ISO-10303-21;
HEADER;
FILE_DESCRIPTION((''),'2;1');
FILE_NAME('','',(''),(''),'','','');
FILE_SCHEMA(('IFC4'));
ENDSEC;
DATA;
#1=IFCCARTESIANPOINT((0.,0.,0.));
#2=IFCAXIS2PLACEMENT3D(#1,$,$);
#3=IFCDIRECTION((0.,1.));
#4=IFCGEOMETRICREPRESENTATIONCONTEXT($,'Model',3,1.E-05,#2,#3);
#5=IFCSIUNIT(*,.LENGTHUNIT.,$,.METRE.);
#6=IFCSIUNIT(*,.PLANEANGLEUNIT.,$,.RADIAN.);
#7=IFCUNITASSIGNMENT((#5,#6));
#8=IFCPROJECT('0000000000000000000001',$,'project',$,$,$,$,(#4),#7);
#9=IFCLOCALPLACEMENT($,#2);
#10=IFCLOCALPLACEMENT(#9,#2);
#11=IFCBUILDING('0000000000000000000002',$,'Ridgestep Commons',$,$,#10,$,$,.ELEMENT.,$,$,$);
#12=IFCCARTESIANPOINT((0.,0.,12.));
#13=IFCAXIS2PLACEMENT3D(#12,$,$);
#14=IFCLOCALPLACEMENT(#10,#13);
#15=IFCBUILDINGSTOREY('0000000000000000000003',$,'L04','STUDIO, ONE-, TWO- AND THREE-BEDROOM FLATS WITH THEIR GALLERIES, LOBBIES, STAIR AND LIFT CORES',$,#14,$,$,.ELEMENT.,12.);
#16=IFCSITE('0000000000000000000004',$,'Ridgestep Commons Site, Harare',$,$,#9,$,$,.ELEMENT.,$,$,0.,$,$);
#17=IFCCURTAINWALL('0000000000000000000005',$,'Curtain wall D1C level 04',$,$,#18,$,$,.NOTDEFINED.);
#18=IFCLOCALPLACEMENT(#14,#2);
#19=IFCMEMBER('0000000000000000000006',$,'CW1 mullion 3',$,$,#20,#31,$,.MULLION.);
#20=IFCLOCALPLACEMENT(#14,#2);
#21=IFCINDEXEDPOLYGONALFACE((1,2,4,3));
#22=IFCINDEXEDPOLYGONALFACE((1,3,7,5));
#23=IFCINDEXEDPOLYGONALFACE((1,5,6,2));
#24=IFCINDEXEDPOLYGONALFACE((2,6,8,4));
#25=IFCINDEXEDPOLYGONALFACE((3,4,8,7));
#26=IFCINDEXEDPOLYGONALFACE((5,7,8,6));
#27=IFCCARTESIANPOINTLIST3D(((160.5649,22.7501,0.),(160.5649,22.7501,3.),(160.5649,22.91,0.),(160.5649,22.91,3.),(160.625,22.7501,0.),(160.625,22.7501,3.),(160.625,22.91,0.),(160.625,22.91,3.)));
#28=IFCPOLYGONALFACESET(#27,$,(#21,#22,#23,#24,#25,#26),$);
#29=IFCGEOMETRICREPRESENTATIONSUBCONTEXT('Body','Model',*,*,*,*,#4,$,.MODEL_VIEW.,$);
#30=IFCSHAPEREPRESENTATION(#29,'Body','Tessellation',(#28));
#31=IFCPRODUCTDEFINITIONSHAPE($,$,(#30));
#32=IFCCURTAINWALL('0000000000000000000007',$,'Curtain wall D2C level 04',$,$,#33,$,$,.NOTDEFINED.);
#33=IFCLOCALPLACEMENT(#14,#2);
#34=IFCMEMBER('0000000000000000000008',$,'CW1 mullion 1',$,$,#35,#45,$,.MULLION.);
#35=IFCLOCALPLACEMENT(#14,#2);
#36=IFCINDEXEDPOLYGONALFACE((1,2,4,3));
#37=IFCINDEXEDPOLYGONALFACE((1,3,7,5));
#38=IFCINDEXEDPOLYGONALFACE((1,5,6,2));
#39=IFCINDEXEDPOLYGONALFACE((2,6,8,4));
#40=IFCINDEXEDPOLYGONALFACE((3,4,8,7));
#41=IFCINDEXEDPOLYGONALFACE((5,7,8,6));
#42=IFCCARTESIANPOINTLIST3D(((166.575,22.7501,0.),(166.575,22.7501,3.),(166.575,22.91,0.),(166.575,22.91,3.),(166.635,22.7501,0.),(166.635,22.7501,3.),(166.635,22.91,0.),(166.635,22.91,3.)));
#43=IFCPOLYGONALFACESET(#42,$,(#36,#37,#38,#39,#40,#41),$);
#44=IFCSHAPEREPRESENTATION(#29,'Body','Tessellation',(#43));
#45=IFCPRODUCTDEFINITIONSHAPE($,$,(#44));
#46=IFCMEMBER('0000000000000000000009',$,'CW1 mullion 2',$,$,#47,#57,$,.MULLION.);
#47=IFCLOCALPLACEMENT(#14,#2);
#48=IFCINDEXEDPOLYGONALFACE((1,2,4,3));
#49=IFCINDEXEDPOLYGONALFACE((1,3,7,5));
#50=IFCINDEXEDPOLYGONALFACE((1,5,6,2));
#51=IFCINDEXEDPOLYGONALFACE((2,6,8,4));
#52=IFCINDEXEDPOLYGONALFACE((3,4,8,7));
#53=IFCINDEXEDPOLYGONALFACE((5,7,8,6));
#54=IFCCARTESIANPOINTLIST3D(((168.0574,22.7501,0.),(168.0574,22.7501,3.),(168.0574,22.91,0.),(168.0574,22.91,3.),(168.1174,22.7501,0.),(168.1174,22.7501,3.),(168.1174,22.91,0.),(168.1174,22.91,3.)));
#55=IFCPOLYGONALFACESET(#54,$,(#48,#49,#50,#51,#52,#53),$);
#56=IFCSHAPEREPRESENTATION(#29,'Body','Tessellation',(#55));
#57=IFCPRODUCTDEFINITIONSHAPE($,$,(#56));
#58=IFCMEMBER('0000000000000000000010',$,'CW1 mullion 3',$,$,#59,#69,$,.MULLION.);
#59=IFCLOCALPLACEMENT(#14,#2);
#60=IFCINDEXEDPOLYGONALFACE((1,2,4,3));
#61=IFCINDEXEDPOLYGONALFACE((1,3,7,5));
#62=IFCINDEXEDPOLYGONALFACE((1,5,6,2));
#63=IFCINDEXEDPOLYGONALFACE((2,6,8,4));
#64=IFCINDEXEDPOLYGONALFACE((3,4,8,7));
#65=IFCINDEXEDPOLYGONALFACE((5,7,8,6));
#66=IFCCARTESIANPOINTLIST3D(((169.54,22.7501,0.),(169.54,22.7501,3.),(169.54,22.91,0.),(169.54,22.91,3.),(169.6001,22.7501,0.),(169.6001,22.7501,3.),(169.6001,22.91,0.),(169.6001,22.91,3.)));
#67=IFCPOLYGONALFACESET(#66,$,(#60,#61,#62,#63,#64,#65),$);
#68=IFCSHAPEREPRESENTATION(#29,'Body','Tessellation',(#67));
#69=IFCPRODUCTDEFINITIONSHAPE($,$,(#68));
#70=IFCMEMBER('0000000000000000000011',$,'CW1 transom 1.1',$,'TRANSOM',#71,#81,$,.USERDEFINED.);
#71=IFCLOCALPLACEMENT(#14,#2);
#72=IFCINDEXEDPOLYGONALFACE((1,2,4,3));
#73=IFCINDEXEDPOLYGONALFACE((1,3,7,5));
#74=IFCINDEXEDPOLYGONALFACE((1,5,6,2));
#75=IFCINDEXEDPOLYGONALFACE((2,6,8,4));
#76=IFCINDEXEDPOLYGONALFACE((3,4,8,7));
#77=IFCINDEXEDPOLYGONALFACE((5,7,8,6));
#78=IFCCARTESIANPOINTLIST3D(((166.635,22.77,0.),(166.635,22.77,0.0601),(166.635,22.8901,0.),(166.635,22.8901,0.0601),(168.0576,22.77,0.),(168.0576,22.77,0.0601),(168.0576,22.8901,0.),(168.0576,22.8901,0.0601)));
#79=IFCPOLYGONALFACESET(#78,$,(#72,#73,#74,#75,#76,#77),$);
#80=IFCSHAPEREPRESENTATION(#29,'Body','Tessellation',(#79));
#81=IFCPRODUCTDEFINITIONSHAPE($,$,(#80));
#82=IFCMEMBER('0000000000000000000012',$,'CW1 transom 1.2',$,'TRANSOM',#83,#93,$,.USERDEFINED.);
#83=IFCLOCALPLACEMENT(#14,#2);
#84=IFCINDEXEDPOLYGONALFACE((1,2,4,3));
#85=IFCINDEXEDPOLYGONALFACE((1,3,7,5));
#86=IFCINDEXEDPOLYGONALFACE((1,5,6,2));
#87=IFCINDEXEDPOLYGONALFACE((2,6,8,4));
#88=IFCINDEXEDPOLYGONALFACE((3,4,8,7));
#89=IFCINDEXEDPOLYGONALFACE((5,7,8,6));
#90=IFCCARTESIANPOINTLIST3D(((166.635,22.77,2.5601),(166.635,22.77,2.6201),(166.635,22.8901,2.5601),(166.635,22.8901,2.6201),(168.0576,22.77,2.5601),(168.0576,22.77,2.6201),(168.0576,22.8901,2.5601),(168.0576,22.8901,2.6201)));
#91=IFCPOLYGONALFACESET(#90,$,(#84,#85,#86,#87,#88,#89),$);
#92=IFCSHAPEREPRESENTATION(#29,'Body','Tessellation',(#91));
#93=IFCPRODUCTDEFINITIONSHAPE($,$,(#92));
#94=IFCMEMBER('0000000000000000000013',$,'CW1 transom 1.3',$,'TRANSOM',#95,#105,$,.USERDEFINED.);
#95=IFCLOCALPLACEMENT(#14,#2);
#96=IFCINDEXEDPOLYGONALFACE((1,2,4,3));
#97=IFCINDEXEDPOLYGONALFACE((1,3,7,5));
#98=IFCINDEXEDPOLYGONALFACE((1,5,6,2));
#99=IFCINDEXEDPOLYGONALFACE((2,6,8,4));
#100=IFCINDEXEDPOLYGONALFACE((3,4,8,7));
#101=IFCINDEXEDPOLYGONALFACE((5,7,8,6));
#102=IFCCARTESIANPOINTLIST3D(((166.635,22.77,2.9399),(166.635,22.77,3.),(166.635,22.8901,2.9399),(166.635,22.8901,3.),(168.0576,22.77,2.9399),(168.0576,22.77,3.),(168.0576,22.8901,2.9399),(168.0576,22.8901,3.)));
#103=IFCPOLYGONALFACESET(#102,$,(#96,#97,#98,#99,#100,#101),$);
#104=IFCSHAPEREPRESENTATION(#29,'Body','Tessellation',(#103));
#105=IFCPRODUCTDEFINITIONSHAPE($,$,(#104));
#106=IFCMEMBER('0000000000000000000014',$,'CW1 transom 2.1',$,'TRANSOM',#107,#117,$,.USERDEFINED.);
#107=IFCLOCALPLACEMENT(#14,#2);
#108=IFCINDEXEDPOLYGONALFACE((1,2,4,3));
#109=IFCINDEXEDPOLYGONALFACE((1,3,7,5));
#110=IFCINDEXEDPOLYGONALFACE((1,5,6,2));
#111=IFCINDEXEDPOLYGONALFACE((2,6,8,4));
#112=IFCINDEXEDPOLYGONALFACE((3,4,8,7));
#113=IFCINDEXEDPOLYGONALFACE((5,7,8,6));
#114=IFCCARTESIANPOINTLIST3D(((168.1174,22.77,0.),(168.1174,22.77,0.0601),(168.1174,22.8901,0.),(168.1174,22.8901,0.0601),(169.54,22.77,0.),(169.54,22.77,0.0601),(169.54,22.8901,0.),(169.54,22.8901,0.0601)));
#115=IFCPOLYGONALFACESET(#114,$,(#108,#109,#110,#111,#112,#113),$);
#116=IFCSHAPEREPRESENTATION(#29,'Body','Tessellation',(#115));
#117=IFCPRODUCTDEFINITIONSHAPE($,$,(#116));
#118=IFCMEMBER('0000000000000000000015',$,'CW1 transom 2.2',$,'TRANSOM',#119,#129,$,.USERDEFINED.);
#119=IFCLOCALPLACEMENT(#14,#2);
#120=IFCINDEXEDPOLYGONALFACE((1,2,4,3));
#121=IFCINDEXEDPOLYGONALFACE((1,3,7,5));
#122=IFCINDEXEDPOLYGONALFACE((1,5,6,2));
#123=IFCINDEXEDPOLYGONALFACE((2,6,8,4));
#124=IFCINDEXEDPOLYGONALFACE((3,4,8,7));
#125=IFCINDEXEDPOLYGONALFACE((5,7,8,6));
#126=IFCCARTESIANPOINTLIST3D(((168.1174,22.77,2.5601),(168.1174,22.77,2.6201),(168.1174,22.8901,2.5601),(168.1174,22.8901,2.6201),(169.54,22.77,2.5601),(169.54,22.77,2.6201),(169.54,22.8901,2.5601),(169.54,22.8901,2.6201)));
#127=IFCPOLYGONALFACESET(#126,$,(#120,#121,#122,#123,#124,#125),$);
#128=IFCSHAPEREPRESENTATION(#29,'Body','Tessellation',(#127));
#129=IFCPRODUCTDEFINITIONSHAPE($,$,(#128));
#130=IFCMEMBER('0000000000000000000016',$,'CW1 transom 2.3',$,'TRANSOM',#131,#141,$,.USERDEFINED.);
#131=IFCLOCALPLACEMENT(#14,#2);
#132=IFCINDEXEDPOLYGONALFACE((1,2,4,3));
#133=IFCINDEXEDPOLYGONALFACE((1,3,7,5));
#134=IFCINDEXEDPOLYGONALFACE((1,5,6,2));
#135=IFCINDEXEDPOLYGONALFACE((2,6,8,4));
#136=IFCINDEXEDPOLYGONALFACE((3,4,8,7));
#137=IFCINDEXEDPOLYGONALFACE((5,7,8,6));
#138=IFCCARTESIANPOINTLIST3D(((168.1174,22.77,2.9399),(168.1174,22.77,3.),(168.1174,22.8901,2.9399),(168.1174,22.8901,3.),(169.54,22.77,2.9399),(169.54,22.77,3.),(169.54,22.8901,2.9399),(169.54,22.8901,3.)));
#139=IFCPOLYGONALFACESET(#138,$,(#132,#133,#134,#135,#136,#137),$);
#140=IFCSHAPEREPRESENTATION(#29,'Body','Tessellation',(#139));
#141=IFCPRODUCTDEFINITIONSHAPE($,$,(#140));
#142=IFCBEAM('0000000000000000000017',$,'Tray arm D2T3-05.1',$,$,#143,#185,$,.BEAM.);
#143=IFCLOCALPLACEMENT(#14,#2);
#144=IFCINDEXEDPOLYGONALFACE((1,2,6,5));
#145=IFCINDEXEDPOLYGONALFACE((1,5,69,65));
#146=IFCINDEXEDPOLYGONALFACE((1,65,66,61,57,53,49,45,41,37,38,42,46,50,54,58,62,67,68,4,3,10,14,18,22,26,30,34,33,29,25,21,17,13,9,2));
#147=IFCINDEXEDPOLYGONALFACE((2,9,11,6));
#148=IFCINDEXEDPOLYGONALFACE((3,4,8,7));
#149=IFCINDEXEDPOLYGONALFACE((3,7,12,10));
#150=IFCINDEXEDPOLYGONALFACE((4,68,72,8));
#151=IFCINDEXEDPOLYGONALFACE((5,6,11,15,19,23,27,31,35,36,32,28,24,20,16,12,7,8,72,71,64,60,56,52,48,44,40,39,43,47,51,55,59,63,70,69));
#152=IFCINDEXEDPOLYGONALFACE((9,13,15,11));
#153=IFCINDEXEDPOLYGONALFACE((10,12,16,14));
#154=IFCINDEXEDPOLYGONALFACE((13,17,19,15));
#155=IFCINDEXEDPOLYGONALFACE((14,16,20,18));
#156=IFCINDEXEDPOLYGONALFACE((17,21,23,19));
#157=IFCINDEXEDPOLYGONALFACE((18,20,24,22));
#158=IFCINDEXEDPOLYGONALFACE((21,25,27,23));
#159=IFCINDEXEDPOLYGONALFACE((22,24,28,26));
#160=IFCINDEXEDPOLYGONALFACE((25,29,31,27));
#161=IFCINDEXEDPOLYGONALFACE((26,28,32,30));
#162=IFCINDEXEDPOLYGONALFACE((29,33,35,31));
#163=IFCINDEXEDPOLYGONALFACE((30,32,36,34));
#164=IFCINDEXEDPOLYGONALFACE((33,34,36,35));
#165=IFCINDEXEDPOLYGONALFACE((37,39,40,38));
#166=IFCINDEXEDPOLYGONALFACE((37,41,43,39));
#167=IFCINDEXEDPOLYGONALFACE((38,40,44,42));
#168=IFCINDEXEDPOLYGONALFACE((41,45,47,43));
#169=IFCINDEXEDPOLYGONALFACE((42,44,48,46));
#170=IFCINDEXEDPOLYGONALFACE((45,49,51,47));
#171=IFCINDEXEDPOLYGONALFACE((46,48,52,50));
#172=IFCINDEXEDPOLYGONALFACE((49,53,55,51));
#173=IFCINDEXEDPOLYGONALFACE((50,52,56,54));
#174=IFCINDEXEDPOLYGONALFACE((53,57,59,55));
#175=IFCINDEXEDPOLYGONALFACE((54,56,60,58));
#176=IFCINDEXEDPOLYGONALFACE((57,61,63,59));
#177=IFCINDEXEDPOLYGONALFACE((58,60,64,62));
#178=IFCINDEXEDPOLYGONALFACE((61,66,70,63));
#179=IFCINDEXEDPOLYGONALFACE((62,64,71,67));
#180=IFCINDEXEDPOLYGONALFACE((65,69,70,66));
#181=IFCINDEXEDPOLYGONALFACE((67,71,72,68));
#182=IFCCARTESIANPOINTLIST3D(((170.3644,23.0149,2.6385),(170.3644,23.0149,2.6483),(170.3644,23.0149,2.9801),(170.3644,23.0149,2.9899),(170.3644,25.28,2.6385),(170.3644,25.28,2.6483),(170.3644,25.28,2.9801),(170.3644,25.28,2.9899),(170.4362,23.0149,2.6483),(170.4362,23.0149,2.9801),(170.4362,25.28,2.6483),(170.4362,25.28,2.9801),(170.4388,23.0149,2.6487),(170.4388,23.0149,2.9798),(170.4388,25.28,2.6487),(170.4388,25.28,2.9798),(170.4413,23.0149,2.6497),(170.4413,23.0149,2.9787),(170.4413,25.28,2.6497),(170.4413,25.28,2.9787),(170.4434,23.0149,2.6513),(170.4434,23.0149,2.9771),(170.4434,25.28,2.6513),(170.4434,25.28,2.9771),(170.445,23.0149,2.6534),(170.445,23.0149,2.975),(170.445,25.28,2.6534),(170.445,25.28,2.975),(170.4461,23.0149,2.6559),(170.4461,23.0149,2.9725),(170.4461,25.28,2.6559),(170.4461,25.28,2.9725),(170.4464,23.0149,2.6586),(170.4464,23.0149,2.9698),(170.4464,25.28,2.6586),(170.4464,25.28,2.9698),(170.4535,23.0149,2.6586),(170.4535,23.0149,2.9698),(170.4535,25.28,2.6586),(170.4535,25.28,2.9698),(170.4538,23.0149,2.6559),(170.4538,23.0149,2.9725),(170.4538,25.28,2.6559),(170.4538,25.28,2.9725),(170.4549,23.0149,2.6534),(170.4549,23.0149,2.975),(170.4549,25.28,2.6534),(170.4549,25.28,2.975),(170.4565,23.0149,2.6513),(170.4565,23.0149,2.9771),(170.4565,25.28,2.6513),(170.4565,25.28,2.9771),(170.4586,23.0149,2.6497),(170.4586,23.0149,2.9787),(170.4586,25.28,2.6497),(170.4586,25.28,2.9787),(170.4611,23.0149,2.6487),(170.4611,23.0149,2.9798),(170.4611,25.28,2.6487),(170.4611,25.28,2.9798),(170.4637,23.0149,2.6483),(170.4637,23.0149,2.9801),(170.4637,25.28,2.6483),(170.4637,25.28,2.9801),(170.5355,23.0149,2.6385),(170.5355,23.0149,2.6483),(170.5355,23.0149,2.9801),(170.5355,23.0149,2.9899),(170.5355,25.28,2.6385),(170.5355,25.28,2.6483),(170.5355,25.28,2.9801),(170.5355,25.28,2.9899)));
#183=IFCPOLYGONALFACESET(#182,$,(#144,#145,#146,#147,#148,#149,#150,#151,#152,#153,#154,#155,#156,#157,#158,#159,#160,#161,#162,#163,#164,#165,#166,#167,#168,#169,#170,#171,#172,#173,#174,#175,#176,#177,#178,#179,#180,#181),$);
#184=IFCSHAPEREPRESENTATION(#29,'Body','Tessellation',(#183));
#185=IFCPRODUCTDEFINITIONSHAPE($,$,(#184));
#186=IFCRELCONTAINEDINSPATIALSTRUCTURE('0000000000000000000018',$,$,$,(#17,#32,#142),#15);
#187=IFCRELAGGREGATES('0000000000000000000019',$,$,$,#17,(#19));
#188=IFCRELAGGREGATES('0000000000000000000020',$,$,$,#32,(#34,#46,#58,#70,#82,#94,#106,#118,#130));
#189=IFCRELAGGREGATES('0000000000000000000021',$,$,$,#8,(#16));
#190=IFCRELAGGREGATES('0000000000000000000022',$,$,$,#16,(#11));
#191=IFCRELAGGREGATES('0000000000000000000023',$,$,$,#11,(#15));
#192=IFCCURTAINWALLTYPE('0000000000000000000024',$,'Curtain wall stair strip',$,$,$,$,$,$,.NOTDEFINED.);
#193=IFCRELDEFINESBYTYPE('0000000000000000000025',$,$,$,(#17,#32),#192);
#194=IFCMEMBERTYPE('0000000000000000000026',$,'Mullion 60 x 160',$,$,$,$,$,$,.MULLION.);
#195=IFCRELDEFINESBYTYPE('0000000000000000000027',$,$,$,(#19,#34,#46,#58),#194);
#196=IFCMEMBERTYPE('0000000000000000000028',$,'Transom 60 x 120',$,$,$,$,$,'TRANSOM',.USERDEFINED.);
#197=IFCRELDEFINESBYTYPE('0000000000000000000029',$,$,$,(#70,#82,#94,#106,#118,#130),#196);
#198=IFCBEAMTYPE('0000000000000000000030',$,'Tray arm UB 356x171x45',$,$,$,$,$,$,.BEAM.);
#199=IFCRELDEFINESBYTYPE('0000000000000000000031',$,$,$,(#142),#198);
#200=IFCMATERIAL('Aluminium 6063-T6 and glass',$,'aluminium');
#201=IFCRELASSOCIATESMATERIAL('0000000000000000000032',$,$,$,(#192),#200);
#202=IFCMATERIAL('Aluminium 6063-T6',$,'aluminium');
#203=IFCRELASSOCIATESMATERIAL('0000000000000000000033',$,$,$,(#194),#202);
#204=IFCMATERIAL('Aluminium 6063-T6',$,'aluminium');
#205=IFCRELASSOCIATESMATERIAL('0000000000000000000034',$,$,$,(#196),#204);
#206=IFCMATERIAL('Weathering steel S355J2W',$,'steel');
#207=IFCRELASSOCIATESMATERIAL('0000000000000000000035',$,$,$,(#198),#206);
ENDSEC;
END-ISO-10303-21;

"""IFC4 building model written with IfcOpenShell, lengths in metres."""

from ifc_helpers import new_model, si_unit, direction, frame, origin, origin_2d, place, context, subcontext, project, spatial, rectangle, i_section, extrude, material, material_profile, profile_set, type_object, element, aggregate, save


model = new_model("IFC4")

# Units and contexts
model_context = context("Model", 3, precision=1e-05, world=origin(), true_north=direction((0.0, 1.0)))
body_context = subcontext(model_context, "Body", "Model", "MODEL_VIEW")
ifc_project = project(units=[si_unit("LENGTHUNIT", "METRE"), si_unit("PLANEANGLEUNIT", "RADIAN")], contexts=[model_context])

# Site, building, storey
site_placement = place(None, origin())
site = spatial("IfcSite", under=ifc_project, at=site_placement, Name="Ridgestep Commons Site, Harare", CompositionType="ELEMENT", RefElevation=0.0)
building_placement = place(site_placement, origin())
building = spatial("IfcBuilding", under=site, at=building_placement, Name="Ridgestep Commons", CompositionType="ELEMENT")
storey_placement = place(building_placement, frame((0.0, 0.0, 12.0)))
storey = spatial("IfcBuildingStorey", under=building, at=storey_placement, Name="L04", Description="STUDIO, ONE-, TWO- AND THREE-BEDROOM FLATS WITH THEIR GALLERIES, LOBBIES, STAIR AND LIFT CORES", CompositionType="ELEMENT", Elevation=12.0)

# Curtain wall, member
ifc_material_1 = material(Name="Aluminium 6063-T6 and glass", Category="aluminium")
curtain_wall_type = type_object("IfcCurtainWallType", Name="Curtain wall stair strip", PredefinedType="NOTDEFINED", material=ifc_material_1)
curtain_wall_1_placement = place(storey_placement, origin())
curtain_wall_1 = element("IfcCurtainWall", 1, at=curtain_wall_1_placement, inside=storey, type_object=curtain_wall_type, Name="Curtain wall D1C level 04", PredefinedType="NOTDEFINED")
ifc_material_2 = material(Name="Aluminium 6063-T6", Category="aluminium")
ifc_material_profile_1 = material_profile(ifc_material_2, rectangle(XDim=0.1599, YDim=0.0601, at=origin_2d()), Name="Mullion 60 x 160")
ifc_profile_set_1 = profile_set([ifc_material_profile_1], Name="Aluminium 6063-T6")
member_type_1 = type_object("IfcMemberType", Name="Mullion 60 x 160", PredefinedType="MULLION", material=ifc_profile_set_1)
member_1_placement = place(storey_placement, frame((160.595, 22.8301, 0.0), z_axis=(0.0, 0.0, 1.0), x_axis=(0.0, 1.0, 0.0)))
member_1 = element("IfcMember", 2, at=member_1_placement, type_object=member_type_1, Name="CW1 mullion 3", PredefinedType="MULLION", context=body_context, shape_type="SweptSolid", body=[
    extrude(rectangle(XDim=0.1599, YDim=0.0601, at=origin_2d()), origin(), (0.0, 0.0, 1.0), 3.0),
])

# Curtain wall, members
curtain_wall_2_placement = place(storey_placement, origin())
curtain_wall_2 = element("IfcCurtainWall", 3, at=curtain_wall_2_placement, inside=storey, type_object=curtain_wall_type, Name="Curtain wall D2C level 04", PredefinedType="NOTDEFINED")
member_2_placement = place(storey_placement, frame((166.605, 22.8301, 0.0), z_axis=(0.0, 0.0, 1.0), x_axis=(0.0, 1.0, 0.0)))
member_2 = element("IfcMember", 4, at=member_2_placement, type_object=member_type_1, Name="CW1 mullion 1", PredefinedType="MULLION", context=body_context, shape_type="SweptSolid", body=[
    extrude(rectangle(XDim=0.1599, YDim=0.0601, at=origin_2d()), origin(), (0.0, 0.0, 1.0), 3.0),
])
member_3_placement = place(storey_placement, frame((168.0874, 22.8301, 0.0), z_axis=(0.0, 0.0, 1.0), x_axis=(0.0, 1.0, 0.0)))
member_3 = element("IfcMember", 5, at=member_3_placement, type_object=member_type_1, Name="CW1 mullion 2", PredefinedType="MULLION", context=body_context, shape_type="SweptSolid", body=[
    extrude(rectangle(XDim=0.1599, YDim=0.0601, at=origin_2d()), origin(), (0.0, 0.0, 1.0), 3.0),
])
member_4_placement = place(storey_placement, frame((169.5701, 22.8301, 0.0), z_axis=(0.0, 0.0, 1.0), x_axis=(0.0, 1.0, 0.0)))
member_4 = element("IfcMember", 6, at=member_4_placement, type_object=member_type_1, Name="CW1 mullion 3", PredefinedType="MULLION", context=body_context, shape_type="SweptSolid", body=[
    extrude(rectangle(XDim=0.1599, YDim=0.0601, at=origin_2d()), origin(), (0.0, 0.0, 1.0), 3.0),
])
ifc_material_3 = material(Name="Aluminium 6063-T6", Category="aluminium")
ifc_material_profile_2 = material_profile(ifc_material_3, rectangle(XDim=0.1201, YDim=0.0601, at=origin_2d()), Name="Transom 60 x 120")
ifc_profile_set_2 = profile_set([ifc_material_profile_2], Name="Aluminium 6063-T6")
member_type_2 = type_object("IfcMemberType", Name="Transom 60 x 120", ElementType="TRANSOM", PredefinedType="USERDEFINED", material=ifc_profile_set_2)
member_5_placement = place(storey_placement, frame((166.635, 22.8301, 0.03), z_axis=(1.0, 0.0, 0.0), x_axis=(0.0, 1.0, 0.0)))
member_5 = element("IfcMember", 7, at=member_5_placement, type_object=member_type_2, Name="CW1 transom 1.1", ObjectType="TRANSOM", PredefinedType="USERDEFINED", context=body_context, shape_type="SweptSolid", body=[
    extrude(rectangle(XDim=0.1201, YDim=0.0601, at=origin_2d()), origin(), (0.0, 0.0, 1.0), 1.4226),
])
member_6_placement = place(storey_placement, frame((166.635, 22.8301, 2.5901), z_axis=(1.0, 0.0, 0.0), x_axis=(0.0, 1.0, 0.0)))
member_6 = element("IfcMember", 8, at=member_6_placement, type_object=member_type_2, Name="CW1 transom 1.2", ObjectType="TRANSOM", PredefinedType="USERDEFINED", context=body_context, shape_type="SweptSolid", body=[
    extrude(rectangle(XDim=0.1201, YDim=0.0601, at=origin_2d()), origin(), (0.0, 0.0, 1.0), 1.4226),
])
member_7_placement = place(storey_placement, frame((166.635, 22.8301, 2.97), z_axis=(1.0, 0.0, 0.0), x_axis=(0.0, 1.0, 0.0)))
member_7 = element("IfcMember", 9, at=member_7_placement, type_object=member_type_2, Name="CW1 transom 1.3", ObjectType="TRANSOM", PredefinedType="USERDEFINED", context=body_context, shape_type="SweptSolid", body=[
    extrude(rectangle(XDim=0.1201, YDim=0.0601, at=origin_2d()), origin(), (0.0, 0.0, 1.0), 1.4226),
])
member_8_placement = place(storey_placement, frame((168.1174, 22.8301, 0.03), z_axis=(1.0, 0.0, 0.0), x_axis=(0.0, 1.0, 0.0)))
member_8 = element("IfcMember", 10, at=member_8_placement, type_object=member_type_2, Name="CW1 transom 2.1", ObjectType="TRANSOM", PredefinedType="USERDEFINED", context=body_context, shape_type="SweptSolid", body=[
    extrude(rectangle(XDim=0.1201, YDim=0.0601, at=origin_2d()), origin(), (0.0, 0.0, 1.0), 1.4226),
])
member_9_placement = place(storey_placement, frame((168.1174, 22.8301, 2.5901), z_axis=(1.0, 0.0, 0.0), x_axis=(0.0, 1.0, 0.0)))
member_9 = element("IfcMember", 11, at=member_9_placement, type_object=member_type_2, Name="CW1 transom 2.2", ObjectType="TRANSOM", PredefinedType="USERDEFINED", context=body_context, shape_type="SweptSolid", body=[
    extrude(rectangle(XDim=0.1201, YDim=0.0601, at=origin_2d()), origin(), (0.0, 0.0, 1.0), 1.4226),
])
member_10_placement = place(storey_placement, frame((168.1174, 22.8301, 2.97), z_axis=(1.0, 0.0, 0.0), x_axis=(0.0, 1.0, 0.0)))
member_10 = element("IfcMember", 12, at=member_10_placement, type_object=member_type_2, Name="CW1 transom 2.3", ObjectType="TRANSOM", PredefinedType="USERDEFINED", context=body_context, shape_type="SweptSolid", body=[
    extrude(rectangle(XDim=0.1201, YDim=0.0601, at=origin_2d()), origin(), (0.0, 0.0, 1.0), 1.4226),
])

# Beam
ifc_material_4 = material(Name="Weathering steel S355J2W", Category="steel")
ifc_material_profile_3 = material_profile(ifc_material_4, i_section(OverallWidth=0.1711, OverallDepth=0.3513, WebThickness=0.0071, FlangeThickness=0.0098, FilletRadius=0.0103, at=origin_2d()), Name="UB 356x171x45")
ifc_profile_set_3 = profile_set([ifc_material_profile_3], Name="Weathering steel S355J2W")
beam_type_1 = type_object("IfcBeamType", Name="Tray arm UB 356x171x45", PredefinedType="BEAM", material=ifc_profile_set_3)
for number, where, z_axis, x_axis, name in (
    (13, (170.45, 23.0149, 2.8142), (0.0, 1.0, 0.0), (-1.0, 0.0, 0.0), "Tray arm D2T3-05.1"),
):
    element("IfcBeam", number, at=place(storey_placement, frame(where, z_axis=z_axis, x_axis=x_axis)), inside=storey, type_object=beam_type_1, Name=name, PredefinedType="BEAM", context=body_context, shape_type="SweptSolid", body=[
        extrude(i_section(OverallWidth=0.1711, OverallDepth=0.3513, WebThickness=0.0071, FlangeThickness=0.0098, FilletRadius=0.0103, at=origin_2d()), origin(), (0.0, 0.0, 1.0), 2.2651),
    ])

aggregate(curtain_wall_1, [member_1])
aggregate(curtain_wall_2, [member_2, member_3, member_4, member_5, member_6, member_7, member_8, member_9, member_10])

save(model, "model.ifc")
